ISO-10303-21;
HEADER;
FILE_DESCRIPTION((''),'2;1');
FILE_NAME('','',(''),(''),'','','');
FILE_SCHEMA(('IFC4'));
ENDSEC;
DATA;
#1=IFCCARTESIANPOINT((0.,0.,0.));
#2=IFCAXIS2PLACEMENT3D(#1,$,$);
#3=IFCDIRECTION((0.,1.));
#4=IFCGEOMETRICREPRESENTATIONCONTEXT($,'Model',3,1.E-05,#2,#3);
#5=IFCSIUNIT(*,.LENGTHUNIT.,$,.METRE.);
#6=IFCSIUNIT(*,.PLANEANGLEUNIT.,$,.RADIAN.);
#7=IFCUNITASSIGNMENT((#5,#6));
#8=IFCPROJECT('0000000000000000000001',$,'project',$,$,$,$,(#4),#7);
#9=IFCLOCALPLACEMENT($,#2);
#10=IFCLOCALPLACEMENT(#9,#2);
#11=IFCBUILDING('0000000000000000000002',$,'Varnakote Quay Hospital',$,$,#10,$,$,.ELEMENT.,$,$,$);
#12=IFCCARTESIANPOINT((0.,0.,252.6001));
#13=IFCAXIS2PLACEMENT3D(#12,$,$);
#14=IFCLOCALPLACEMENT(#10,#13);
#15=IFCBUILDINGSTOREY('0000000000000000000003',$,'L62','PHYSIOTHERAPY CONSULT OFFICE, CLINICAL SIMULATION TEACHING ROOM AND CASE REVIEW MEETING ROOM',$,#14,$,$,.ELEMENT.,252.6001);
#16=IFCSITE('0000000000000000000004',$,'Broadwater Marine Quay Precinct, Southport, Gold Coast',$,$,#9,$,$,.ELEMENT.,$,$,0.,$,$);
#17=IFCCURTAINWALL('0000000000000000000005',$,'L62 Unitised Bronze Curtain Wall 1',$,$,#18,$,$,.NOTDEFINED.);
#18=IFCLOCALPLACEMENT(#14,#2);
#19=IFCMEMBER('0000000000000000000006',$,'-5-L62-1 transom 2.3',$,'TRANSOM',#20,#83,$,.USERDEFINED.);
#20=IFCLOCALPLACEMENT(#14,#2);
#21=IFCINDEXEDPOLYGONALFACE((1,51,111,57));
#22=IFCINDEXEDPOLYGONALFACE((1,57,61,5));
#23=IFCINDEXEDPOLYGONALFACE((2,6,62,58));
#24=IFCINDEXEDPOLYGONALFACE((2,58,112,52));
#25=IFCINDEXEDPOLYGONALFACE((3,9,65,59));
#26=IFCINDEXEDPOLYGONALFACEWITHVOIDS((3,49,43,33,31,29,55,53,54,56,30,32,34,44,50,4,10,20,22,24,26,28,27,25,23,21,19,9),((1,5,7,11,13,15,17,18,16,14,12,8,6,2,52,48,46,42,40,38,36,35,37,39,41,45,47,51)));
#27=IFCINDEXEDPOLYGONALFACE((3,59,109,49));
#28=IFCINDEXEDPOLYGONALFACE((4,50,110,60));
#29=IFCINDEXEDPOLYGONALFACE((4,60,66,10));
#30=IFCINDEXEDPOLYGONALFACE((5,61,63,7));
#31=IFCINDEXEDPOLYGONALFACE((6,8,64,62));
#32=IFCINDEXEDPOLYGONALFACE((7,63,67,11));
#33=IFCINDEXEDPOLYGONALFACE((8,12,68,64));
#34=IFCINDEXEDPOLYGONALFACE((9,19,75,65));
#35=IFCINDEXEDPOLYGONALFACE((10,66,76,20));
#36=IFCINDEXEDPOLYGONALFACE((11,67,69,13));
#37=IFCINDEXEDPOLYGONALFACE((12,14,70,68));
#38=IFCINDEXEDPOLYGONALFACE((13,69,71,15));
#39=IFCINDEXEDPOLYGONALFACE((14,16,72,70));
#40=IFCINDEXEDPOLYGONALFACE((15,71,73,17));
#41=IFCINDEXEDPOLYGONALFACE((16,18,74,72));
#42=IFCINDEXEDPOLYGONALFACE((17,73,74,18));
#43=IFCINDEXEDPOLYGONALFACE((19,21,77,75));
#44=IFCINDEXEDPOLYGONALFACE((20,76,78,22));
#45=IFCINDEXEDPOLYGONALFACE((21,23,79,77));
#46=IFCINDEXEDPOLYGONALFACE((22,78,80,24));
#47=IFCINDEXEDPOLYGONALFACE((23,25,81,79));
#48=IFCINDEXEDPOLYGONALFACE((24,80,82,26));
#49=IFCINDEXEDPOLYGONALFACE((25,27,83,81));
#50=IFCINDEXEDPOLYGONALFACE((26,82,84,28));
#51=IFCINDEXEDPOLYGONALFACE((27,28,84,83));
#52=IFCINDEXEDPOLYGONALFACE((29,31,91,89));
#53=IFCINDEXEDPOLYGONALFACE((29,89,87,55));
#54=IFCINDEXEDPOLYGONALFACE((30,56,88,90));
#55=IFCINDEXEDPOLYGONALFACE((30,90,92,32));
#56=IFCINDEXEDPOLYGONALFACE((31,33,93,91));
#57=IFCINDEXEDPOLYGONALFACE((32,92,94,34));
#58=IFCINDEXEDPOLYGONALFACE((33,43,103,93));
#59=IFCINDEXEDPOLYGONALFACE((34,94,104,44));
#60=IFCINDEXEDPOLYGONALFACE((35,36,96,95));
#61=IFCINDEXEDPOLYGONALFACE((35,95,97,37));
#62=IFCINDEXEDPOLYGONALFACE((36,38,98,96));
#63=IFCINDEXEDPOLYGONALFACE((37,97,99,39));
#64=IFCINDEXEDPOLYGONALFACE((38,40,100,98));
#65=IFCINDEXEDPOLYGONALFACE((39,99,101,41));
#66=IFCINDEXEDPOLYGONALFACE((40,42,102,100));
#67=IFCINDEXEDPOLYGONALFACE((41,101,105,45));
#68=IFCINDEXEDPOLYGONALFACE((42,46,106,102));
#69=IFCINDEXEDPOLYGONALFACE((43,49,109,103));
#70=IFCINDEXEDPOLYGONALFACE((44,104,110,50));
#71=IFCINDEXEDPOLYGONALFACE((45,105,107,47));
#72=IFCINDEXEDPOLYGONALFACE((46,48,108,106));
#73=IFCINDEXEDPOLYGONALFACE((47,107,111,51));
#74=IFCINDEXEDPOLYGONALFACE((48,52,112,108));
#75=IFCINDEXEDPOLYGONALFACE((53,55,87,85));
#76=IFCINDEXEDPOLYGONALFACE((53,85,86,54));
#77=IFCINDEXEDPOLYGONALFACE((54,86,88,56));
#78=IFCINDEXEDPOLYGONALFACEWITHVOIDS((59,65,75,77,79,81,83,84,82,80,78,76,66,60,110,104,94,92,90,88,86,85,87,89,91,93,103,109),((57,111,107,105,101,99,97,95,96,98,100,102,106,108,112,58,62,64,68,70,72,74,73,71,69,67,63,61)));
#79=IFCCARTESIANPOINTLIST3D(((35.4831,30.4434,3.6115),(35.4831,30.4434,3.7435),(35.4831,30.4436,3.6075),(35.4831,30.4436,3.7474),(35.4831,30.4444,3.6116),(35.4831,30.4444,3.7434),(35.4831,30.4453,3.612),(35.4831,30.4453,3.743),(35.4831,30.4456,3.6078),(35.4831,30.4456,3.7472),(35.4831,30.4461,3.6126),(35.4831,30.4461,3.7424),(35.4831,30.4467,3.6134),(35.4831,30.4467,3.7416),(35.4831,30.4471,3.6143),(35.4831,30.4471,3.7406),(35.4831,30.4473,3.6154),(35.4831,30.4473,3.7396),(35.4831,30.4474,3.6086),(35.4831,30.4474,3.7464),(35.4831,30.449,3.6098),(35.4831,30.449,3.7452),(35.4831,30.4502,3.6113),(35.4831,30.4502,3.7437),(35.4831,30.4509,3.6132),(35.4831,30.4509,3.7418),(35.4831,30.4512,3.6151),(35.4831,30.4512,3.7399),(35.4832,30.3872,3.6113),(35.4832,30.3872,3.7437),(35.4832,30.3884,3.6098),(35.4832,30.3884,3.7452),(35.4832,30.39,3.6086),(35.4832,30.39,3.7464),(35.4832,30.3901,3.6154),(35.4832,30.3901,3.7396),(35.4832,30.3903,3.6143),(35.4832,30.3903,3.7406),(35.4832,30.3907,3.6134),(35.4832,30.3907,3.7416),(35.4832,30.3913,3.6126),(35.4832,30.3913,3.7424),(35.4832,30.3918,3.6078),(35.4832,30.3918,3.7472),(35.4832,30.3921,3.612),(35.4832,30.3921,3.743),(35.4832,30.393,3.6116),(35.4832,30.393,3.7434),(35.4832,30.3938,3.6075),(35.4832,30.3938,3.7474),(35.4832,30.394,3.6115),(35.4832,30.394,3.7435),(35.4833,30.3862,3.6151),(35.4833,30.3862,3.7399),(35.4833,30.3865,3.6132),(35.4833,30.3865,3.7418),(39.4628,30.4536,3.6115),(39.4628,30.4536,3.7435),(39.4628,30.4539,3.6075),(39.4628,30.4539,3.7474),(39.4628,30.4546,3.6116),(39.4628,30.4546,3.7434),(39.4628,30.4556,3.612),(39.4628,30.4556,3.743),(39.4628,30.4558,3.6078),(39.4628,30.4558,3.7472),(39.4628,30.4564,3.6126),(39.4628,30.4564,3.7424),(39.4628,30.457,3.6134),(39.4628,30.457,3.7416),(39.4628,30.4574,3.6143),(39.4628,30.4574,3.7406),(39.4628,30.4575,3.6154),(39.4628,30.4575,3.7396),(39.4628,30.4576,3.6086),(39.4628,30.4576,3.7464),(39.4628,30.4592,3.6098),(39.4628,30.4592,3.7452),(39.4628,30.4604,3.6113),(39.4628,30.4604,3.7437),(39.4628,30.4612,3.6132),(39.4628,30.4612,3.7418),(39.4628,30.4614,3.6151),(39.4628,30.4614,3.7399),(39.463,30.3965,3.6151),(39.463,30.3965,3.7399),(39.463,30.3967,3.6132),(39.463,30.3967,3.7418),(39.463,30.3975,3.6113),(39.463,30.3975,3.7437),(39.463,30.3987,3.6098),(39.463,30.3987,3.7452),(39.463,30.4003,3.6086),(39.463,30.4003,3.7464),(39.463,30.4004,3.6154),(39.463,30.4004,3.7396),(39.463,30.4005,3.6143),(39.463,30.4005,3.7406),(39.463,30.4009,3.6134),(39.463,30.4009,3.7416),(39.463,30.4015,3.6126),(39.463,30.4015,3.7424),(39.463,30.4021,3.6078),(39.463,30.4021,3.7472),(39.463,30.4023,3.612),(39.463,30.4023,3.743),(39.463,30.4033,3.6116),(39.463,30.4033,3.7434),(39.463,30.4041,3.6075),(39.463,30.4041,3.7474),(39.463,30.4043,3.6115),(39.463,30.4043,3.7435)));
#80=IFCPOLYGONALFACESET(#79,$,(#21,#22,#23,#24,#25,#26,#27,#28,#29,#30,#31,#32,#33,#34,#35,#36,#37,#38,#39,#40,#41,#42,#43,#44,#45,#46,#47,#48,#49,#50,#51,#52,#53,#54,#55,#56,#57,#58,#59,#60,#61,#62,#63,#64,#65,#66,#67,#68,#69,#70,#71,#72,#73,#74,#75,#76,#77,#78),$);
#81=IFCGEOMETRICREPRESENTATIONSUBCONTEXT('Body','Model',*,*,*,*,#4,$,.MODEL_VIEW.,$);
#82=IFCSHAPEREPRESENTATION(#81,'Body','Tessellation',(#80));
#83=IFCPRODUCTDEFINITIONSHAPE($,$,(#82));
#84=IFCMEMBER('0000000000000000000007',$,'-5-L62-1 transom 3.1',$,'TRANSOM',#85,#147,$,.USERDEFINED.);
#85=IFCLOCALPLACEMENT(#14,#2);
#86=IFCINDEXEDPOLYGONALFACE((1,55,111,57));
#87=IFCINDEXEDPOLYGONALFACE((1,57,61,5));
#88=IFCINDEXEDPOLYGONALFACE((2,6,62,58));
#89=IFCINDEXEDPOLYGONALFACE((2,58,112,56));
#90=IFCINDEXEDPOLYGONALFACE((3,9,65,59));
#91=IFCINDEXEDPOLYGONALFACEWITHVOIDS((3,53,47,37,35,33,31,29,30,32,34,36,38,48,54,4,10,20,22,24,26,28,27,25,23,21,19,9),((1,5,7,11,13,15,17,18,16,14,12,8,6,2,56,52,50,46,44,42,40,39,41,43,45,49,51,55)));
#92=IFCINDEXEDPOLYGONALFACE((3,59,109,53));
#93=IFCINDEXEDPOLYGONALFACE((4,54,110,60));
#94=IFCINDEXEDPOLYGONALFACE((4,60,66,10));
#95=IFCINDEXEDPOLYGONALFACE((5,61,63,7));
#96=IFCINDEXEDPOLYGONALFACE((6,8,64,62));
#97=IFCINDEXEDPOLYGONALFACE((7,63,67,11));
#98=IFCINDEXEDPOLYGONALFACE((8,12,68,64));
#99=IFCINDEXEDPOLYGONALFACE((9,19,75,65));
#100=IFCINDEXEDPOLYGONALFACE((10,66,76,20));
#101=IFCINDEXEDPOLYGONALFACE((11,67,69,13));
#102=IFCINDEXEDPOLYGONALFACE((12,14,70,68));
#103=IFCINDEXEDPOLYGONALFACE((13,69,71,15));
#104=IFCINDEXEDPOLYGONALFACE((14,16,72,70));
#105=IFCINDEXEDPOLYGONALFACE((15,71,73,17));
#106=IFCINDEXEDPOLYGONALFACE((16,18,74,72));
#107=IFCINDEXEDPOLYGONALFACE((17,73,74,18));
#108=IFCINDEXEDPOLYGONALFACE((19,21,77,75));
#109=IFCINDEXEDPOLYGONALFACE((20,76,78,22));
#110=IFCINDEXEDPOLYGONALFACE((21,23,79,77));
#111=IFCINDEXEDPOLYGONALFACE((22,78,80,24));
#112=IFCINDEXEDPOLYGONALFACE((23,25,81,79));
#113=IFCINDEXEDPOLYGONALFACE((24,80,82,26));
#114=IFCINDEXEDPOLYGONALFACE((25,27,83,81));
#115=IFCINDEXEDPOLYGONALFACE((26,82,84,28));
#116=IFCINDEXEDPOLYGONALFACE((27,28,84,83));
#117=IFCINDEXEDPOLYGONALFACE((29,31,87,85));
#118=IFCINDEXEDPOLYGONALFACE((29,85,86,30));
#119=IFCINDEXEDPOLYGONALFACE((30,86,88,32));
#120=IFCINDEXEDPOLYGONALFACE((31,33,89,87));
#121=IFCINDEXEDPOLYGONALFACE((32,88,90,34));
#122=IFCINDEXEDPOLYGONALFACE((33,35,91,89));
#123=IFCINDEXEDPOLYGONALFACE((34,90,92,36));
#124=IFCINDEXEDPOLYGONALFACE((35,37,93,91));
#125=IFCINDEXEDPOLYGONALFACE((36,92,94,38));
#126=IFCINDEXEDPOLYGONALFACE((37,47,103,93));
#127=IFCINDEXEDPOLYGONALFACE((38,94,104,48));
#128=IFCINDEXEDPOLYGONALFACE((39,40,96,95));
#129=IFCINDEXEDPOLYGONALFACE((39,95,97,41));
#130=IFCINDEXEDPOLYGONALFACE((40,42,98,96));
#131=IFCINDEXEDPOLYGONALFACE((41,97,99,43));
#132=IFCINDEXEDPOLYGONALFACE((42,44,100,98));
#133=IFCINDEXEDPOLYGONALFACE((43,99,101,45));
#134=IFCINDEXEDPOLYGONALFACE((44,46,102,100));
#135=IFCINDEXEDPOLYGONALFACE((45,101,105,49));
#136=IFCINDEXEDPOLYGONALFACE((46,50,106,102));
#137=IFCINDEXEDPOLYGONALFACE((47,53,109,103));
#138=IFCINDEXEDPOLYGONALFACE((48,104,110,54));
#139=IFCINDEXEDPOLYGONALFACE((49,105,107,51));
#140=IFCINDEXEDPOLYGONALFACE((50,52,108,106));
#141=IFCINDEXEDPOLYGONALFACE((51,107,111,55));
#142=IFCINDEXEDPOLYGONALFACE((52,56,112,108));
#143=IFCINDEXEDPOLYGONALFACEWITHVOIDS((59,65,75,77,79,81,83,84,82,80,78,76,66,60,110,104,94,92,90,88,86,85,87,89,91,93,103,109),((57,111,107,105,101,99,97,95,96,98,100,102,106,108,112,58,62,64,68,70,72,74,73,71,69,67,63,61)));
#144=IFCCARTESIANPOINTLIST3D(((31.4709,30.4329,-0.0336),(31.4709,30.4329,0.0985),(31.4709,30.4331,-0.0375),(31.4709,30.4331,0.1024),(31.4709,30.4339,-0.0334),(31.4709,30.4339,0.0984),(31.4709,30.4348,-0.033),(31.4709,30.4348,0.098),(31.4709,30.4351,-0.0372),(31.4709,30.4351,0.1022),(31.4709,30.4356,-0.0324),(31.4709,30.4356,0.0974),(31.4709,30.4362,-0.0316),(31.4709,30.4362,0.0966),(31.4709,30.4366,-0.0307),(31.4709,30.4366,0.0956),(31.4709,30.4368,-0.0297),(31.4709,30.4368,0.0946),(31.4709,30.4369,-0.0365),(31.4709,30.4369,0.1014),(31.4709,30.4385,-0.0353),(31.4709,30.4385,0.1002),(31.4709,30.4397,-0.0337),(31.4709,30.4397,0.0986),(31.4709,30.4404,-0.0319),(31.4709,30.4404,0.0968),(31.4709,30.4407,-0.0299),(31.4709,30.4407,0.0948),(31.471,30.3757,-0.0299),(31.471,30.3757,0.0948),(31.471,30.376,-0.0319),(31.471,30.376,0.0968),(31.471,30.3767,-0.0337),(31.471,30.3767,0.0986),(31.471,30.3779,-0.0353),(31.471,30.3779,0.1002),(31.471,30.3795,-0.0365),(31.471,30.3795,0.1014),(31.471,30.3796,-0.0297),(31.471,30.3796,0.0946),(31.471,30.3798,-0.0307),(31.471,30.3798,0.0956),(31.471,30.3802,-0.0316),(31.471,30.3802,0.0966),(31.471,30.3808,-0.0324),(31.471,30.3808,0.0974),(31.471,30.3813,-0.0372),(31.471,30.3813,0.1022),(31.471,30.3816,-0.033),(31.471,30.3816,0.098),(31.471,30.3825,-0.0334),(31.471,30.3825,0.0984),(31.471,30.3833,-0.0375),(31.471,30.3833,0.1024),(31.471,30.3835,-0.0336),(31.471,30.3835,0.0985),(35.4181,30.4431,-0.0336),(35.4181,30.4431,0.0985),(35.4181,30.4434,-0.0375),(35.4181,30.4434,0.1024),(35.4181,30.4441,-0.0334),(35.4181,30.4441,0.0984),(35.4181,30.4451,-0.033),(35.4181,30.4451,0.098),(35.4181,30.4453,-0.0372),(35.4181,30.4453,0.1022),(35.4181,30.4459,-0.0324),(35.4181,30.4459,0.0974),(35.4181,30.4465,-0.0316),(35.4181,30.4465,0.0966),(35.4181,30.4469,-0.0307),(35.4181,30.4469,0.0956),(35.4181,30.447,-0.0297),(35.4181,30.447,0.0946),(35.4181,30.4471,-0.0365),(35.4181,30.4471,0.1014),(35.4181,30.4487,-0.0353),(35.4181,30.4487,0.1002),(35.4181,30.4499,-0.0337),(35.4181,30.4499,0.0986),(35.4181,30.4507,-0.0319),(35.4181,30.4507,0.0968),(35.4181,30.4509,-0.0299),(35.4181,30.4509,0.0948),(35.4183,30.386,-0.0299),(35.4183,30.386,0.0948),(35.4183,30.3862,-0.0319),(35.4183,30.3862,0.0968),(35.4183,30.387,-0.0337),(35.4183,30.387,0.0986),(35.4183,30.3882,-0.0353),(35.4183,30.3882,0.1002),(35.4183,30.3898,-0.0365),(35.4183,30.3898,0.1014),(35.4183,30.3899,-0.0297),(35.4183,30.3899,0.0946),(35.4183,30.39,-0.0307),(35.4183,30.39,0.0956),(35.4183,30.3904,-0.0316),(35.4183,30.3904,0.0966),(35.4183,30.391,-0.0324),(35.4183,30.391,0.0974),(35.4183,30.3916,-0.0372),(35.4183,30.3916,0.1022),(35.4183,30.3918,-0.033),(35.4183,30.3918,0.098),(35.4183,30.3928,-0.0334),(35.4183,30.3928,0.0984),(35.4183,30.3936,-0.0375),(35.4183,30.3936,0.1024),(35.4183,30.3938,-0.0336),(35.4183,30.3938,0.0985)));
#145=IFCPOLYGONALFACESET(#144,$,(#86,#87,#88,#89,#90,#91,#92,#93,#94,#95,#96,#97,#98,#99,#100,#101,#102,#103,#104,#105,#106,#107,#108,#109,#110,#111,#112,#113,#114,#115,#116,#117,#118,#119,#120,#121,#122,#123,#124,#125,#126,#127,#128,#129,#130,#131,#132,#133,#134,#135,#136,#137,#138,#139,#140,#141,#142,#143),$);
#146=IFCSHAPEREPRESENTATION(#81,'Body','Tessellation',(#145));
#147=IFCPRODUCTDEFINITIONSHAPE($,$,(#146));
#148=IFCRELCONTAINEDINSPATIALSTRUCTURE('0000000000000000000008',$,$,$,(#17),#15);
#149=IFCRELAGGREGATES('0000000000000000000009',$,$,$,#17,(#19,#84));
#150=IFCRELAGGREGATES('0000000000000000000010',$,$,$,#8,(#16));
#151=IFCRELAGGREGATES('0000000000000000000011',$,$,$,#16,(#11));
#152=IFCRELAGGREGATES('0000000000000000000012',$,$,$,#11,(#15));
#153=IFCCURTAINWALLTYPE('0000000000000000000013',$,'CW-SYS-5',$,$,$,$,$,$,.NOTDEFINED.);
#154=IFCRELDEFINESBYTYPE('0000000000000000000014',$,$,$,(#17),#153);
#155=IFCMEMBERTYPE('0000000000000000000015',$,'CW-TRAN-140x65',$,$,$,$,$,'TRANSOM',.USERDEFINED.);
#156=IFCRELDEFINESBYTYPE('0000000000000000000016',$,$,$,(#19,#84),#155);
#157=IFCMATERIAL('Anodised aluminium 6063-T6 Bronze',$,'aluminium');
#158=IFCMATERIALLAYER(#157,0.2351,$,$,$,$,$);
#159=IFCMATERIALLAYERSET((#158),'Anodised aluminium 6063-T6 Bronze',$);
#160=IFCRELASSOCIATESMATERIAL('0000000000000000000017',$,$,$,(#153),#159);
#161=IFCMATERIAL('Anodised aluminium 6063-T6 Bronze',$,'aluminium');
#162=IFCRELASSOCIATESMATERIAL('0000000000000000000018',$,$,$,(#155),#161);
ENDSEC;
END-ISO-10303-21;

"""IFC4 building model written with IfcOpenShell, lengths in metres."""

from ifc_helpers import new_model, si_unit, direction, frame, origin, origin_2d, place, context, subcontext, project, spatial, hollow_rectangle, extrude, material, layer, layer_set, material_profile, profile_set, type_object, element, aggregate, save


model = new_model("IFC4")

# Units and contexts
model_context = context("Model", 3, precision=1e-05, world=origin(), true_north=direction((0.0, 1.0)))
body_context = subcontext(model_context, "Body", "Model", "MODEL_VIEW")
ifc_project = project(units=[si_unit("LENGTHUNIT", "METRE"), si_unit("PLANEANGLEUNIT", "RADIAN")], contexts=[model_context])

# Site, building, storey
site_placement = place(None, origin())
site = spatial("IfcSite", under=ifc_project, at=site_placement, Name="Broadwater Marine Quay Precinct, Southport, Gold Coast", CompositionType="ELEMENT", RefElevation=0.0)
building_placement = place(site_placement, origin())
building = spatial("IfcBuilding", under=site, at=building_placement, Name="Varnakote Quay Hospital", CompositionType="ELEMENT")
storey_placement = place(building_placement, frame((0.0, 0.0, 252.6001)))
storey = spatial("IfcBuildingStorey", under=building, at=storey_placement, Name="L62", Description="PHYSIOTHERAPY CONSULT OFFICE, CLINICAL SIMULATION TEACHING ROOM AND CASE REVIEW MEETING ROOM", CompositionType="ELEMENT", Elevation=252.6001)

# Curtain wall, members
ifc_material_1 = material(Name="Anodised aluminium 6063-T6 Bronze", Category="aluminium")
ifc_layer_1 = layer(ifc_material_1, 0.2351)
ifc_layer_set_1 = layer_set([ifc_layer_1], Name="Anodised aluminium 6063-T6 Bronze")
curtain_wall_type = type_object("IfcCurtainWallType", Name="CW-SYS-5", PredefinedType="NOTDEFINED", material=ifc_layer_set_1)
curtain_wall_placement = place(storey_placement, origin())
curtain_wall = element("IfcCurtainWall", 1, at=curtain_wall_placement, inside=storey, type_object=curtain_wall_type, Name="L62 Unitised Bronze Curtain Wall 1", PredefinedType="NOTDEFINED")
ifc_material_2 = material(Name="Anodised aluminium 6063-T6 Bronze", Category="aluminium")
ifc_material_profile_1 = material_profile(ifc_material_2, hollow_rectangle(XDim=0.0649, YDim=0.1399, WallThickness=0.0039, InnerFilletRadius=0.0039, OuterFilletRadius=0.0076, at=origin_2d()), Name="CW-TRAN-140x65")
ifc_profile_set_1 = profile_set([ifc_material_profile_1], Name="Anodised aluminium 6063-T6 Bronze")
member_type_1 = type_object("IfcMemberType", Name="CW-TRAN-140x65", ElementType="TRANSOM", PredefinedType="USERDEFINED", material=ifc_profile_set_1)
member_1_placement = place(storey_placement, frame((39.4629, 30.429, 3.6775), z_axis=(-0.999997, -0.002577, 0.0), x_axis=(0.002577, -0.999997, 0.0)))
member_1 = element("IfcMember", 2, at=member_1_placement, type_object=member_type_1, Name="-5-L62-1 transom 2.3", ObjectType="TRANSOM", PredefinedType="USERDEFINED", context=body_context, shape_type="SweptSolid", body=[
    extrude(hollow_rectangle(XDim=0.0649, YDim=0.1399, WallThickness=0.0039, InnerFilletRadius=0.0039, OuterFilletRadius=0.0076, at=origin_2d()), origin(), (0.0, 0.0, 1.0), 3.9797),
])
member_2_placement = place(storey_placement, frame((35.4182, 30.4185, 0.0325), z_axis=(-0.999997, -0.002598, 0.0), x_axis=(0.002598, -0.999997, 0.0)))
member_2 = element("IfcMember", 3, at=member_2_placement, type_object=member_type_1, Name="-5-L62-1 transom 3.1", ObjectType="TRANSOM", PredefinedType="USERDEFINED", context=body_context, shape_type="SweptSolid", body=[
    extrude(hollow_rectangle(XDim=0.0649, YDim=0.1399, WallThickness=0.0039, InnerFilletRadius=0.0039, OuterFilletRadius=0.0076, at=origin_2d()), origin(), (0.0, 0.0, 1.0), 3.9473),
])

aggregate(curtain_wall, [member_1, member_2])

save(model, "model.ifc")
